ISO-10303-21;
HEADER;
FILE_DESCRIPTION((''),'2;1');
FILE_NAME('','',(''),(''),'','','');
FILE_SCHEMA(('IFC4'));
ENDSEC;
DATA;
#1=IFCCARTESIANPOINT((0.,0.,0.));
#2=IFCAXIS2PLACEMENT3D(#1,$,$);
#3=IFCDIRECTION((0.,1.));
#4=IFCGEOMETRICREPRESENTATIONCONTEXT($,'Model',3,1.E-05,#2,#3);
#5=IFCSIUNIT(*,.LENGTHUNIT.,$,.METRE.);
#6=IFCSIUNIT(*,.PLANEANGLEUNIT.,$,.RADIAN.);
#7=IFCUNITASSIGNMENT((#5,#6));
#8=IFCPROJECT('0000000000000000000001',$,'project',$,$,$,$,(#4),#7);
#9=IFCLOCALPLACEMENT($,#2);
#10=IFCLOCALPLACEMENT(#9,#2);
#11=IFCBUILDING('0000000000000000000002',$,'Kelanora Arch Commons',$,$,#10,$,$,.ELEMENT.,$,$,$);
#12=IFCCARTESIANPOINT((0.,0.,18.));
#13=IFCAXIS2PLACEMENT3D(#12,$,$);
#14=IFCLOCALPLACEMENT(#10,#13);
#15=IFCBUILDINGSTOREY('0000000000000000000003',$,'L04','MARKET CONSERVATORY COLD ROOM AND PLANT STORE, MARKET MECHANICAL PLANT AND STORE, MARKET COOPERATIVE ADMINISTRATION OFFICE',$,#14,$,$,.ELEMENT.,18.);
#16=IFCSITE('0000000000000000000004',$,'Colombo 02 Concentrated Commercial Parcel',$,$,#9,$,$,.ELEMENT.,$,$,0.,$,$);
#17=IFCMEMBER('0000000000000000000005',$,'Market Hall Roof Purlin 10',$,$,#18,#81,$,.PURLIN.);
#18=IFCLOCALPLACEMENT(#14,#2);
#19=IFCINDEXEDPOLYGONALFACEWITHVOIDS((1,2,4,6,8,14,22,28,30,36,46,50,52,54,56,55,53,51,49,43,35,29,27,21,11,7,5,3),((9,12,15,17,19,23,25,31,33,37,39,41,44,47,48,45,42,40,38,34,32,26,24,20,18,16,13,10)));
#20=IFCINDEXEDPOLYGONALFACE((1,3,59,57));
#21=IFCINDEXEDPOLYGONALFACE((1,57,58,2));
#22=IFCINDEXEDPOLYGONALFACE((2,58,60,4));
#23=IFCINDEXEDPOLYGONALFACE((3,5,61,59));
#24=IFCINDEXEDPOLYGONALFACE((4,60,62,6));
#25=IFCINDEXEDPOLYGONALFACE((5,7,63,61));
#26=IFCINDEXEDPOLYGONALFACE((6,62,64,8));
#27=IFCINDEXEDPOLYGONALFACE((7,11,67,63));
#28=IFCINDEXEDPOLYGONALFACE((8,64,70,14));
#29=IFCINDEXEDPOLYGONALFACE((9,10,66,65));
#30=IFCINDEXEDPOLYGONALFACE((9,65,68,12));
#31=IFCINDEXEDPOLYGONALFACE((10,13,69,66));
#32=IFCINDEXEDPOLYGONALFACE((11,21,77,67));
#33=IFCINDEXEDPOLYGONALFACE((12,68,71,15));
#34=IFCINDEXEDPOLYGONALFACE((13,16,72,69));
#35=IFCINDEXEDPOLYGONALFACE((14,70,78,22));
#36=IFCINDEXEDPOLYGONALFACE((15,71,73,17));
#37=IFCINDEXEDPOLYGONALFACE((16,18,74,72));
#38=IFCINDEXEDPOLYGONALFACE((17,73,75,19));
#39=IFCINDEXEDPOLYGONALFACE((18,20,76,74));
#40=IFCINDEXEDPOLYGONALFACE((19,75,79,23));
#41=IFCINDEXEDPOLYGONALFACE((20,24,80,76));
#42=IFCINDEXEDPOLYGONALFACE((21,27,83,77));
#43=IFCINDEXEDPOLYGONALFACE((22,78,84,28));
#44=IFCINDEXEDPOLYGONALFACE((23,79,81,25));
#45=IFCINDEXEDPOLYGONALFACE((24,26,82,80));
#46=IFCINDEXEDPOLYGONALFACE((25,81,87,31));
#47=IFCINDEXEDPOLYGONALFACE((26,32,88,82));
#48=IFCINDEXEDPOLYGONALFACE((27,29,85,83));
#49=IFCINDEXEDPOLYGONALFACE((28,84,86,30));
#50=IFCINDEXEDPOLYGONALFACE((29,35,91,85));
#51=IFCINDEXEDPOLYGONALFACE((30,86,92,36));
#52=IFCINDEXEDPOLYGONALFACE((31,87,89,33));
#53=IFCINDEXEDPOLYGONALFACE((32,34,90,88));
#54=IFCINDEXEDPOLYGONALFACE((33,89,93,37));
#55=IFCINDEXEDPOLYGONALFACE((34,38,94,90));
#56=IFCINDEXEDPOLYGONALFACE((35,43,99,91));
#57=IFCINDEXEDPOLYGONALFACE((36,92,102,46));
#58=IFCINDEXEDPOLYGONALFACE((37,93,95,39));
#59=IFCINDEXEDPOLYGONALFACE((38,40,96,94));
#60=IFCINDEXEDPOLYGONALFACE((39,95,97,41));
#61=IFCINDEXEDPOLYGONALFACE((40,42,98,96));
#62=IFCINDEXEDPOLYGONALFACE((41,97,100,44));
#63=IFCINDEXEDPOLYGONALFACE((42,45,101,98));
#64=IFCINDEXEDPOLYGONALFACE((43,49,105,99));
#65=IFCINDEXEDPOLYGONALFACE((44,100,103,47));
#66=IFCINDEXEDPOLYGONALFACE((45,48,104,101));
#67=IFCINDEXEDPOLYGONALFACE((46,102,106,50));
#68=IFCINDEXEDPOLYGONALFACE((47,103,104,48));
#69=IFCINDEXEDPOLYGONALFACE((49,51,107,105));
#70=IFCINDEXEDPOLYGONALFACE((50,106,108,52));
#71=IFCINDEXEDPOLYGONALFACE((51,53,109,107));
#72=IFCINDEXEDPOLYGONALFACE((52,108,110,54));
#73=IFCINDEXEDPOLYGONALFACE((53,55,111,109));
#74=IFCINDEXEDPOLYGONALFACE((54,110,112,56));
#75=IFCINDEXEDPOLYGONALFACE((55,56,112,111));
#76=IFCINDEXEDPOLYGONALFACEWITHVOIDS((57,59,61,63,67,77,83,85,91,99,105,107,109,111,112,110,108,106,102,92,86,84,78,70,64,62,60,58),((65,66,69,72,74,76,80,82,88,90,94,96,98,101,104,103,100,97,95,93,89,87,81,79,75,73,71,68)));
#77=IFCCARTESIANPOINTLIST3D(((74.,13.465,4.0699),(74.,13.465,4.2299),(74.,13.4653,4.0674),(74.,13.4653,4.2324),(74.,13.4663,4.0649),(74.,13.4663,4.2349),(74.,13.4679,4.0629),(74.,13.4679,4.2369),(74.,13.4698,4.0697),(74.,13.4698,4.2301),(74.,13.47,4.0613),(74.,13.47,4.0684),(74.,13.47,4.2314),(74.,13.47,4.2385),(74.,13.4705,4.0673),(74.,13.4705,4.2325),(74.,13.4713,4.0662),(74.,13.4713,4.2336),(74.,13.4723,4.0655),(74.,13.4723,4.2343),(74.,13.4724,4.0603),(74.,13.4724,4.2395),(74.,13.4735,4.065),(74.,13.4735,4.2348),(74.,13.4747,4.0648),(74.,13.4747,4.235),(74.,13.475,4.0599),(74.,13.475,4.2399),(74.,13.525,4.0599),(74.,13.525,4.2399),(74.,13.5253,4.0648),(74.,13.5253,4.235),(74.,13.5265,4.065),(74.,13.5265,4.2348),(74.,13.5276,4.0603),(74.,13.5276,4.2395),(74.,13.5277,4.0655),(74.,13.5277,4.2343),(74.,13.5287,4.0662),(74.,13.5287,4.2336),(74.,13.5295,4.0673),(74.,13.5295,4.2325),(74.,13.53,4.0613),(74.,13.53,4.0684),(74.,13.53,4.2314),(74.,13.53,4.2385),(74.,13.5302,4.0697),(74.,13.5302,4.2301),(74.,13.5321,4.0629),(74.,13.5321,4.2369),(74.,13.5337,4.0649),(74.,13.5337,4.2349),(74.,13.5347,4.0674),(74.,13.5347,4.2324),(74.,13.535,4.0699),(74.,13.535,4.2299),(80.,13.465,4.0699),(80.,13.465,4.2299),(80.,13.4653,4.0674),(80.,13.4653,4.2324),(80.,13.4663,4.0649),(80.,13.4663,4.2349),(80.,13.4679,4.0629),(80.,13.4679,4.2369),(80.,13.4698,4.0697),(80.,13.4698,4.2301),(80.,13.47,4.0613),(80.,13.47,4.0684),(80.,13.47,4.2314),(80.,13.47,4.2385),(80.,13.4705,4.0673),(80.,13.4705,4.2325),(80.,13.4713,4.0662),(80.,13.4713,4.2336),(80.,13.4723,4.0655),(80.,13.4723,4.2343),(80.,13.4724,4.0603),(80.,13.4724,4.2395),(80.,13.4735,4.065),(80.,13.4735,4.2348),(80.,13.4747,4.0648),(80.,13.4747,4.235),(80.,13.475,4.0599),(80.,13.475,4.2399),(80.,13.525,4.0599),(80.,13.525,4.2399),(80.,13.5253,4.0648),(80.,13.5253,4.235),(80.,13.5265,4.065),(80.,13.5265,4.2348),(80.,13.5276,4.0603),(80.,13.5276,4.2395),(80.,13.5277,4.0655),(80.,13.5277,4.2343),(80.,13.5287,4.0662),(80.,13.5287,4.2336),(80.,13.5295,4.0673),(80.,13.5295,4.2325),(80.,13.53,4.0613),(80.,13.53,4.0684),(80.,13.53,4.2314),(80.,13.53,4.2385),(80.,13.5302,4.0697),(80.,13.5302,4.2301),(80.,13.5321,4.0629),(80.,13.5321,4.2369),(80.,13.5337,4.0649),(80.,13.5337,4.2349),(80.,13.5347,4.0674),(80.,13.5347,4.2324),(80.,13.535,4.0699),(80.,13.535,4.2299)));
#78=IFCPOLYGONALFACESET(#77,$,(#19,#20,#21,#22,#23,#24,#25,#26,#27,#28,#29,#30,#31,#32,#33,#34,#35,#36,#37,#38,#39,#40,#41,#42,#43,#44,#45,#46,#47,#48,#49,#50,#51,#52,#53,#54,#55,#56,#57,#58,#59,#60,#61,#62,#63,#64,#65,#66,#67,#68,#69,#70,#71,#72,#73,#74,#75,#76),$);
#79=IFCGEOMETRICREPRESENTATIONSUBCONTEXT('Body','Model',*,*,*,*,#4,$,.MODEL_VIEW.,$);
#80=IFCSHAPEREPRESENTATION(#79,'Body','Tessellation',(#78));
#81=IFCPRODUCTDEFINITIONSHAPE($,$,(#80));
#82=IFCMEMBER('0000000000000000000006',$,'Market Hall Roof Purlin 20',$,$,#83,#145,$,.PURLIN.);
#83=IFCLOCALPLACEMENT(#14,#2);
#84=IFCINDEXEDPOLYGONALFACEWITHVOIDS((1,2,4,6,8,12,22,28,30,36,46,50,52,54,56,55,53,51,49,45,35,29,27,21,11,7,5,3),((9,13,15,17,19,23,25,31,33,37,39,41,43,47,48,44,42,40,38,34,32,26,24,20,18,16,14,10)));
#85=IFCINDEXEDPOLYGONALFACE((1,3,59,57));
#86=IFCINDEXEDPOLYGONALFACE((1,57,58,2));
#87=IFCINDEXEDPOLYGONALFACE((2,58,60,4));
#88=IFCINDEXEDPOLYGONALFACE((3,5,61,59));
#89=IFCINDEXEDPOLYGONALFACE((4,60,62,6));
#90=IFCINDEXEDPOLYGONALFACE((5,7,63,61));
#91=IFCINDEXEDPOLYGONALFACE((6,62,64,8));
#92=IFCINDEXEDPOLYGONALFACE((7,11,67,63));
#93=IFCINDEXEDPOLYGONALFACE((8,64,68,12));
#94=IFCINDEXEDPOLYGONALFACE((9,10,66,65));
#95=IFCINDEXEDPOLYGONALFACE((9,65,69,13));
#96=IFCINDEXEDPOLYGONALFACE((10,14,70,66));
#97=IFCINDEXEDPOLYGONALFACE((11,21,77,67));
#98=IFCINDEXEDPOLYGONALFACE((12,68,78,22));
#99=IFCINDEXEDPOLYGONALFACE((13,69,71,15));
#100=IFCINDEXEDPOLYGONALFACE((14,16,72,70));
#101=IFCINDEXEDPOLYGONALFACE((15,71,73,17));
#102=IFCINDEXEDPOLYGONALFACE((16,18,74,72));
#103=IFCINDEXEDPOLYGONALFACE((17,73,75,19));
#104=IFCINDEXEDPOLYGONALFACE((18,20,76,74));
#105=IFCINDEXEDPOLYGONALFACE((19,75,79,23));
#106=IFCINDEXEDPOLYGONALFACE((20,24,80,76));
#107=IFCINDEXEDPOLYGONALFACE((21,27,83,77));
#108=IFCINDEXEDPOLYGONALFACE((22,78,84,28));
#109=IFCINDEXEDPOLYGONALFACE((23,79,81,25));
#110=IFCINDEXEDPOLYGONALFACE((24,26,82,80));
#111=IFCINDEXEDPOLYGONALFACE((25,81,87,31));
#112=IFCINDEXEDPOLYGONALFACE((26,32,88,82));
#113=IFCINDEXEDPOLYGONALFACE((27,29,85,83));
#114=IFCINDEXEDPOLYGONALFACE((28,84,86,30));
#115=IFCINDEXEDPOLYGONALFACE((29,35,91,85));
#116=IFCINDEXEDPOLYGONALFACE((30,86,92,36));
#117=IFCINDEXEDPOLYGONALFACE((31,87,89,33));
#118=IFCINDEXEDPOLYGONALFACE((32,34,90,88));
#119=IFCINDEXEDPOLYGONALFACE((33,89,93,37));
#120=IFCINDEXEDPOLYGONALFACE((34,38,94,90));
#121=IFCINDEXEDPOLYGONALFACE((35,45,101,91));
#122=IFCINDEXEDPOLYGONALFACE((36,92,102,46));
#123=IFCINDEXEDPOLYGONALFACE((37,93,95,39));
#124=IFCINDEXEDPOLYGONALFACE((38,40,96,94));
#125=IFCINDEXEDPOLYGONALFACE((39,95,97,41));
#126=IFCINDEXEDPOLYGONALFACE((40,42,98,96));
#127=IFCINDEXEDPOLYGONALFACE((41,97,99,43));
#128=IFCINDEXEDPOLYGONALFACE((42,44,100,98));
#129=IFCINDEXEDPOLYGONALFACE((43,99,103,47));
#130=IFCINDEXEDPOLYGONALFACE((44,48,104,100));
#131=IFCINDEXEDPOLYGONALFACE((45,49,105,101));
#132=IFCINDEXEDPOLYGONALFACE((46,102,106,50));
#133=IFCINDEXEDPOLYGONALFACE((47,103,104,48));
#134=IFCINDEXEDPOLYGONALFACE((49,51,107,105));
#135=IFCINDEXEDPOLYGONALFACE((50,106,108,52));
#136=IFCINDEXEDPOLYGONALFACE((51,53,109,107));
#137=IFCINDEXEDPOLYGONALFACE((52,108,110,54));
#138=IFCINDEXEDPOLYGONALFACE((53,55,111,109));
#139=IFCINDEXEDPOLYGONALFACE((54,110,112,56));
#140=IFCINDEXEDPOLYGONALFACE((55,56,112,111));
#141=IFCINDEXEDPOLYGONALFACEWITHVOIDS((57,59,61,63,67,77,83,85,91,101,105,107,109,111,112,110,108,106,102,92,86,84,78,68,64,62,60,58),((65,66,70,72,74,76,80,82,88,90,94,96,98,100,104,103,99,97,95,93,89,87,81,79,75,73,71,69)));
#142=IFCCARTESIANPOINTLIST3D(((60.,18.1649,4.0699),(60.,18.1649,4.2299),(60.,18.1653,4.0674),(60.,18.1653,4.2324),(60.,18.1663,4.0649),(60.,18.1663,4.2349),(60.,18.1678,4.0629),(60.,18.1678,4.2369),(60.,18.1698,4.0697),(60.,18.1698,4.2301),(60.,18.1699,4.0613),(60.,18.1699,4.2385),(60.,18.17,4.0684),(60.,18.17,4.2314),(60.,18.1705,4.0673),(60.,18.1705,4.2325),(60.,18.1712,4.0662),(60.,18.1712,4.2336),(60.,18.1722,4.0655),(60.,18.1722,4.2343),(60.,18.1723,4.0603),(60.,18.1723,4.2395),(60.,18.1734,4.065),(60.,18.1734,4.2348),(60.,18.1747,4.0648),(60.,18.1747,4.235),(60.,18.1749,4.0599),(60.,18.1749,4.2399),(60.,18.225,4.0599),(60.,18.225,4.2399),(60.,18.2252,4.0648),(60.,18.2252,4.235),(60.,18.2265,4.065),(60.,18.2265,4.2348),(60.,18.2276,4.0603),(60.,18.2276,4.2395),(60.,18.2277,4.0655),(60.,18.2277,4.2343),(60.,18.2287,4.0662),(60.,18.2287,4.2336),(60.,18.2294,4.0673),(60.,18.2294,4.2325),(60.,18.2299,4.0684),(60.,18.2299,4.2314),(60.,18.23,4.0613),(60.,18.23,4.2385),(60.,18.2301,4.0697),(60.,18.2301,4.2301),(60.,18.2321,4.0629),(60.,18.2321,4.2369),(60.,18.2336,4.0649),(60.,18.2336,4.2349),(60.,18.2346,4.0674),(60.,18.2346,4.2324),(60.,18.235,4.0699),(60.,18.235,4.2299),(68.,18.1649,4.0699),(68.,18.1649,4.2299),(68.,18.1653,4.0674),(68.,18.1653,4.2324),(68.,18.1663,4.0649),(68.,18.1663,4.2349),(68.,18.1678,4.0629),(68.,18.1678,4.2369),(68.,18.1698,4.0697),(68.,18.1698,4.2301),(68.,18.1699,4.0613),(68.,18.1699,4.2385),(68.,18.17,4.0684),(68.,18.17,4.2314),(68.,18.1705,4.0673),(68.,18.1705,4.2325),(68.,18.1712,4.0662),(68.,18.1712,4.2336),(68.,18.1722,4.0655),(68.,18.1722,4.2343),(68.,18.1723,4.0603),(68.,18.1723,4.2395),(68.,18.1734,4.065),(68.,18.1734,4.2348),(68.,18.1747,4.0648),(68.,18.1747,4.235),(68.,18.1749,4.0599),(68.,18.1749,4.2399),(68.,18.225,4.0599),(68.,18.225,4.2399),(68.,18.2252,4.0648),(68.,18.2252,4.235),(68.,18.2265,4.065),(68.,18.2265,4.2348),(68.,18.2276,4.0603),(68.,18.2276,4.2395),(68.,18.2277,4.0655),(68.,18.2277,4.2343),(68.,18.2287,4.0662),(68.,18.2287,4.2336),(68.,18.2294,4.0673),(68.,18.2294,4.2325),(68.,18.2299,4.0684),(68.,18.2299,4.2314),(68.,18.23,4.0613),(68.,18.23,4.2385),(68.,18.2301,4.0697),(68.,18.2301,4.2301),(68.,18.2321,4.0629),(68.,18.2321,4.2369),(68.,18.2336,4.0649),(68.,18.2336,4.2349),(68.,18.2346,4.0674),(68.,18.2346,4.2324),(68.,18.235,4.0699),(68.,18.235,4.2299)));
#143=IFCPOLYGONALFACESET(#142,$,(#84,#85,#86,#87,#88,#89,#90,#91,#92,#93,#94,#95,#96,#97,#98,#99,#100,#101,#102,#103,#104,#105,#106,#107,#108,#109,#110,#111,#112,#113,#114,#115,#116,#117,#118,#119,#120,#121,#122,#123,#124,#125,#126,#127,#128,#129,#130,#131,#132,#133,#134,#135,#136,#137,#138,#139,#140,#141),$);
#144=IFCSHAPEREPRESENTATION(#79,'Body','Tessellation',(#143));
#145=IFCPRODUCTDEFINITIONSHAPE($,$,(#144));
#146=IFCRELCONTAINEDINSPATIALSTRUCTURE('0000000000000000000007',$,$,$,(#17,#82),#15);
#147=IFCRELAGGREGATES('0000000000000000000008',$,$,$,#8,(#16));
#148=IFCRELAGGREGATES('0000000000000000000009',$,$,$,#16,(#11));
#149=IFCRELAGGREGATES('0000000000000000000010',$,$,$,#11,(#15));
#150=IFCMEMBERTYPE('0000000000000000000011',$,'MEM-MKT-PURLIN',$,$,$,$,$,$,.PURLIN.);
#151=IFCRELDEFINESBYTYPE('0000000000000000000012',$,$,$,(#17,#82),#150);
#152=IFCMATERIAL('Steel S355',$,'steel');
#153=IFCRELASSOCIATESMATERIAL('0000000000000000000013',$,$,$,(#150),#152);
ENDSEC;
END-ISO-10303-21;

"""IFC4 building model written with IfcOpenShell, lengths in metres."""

from ifc_helpers import new_model, si_unit, direction, frame, origin, origin_2d, place, context, subcontext, project, spatial, hollow_rectangle, extrude, material, material_profile, profile_set, type_object, element, save


model = new_model("IFC4")

# Units and contexts
model_context = context("Model", 3, precision=1e-05, world=origin(), true_north=direction((0.0, 1.0)))
body_context = subcontext(model_context, "Body", "Model", "MODEL_VIEW")
ifc_project = project(units=[si_unit("LENGTHUNIT", "METRE"), si_unit("PLANEANGLEUNIT", "RADIAN")], contexts=[model_context])

# Site, building, storey
site_placement = place(None, origin())
site = spatial("IfcSite", under=ifc_project, at=site_placement, Name="Colombo 02 Concentrated Commercial Parcel", CompositionType="ELEMENT", RefElevation=0.0)
building_placement = place(site_placement, origin())
building = spatial("IfcBuilding", under=site, at=building_placement, Name="Kelanora Arch Commons", CompositionType="ELEMENT")
storey_placement = place(building_placement, frame((0.0, 0.0, 18.0)))
storey = spatial("IfcBuildingStorey", under=building, at=storey_placement, Name="L04", Description="MARKET CONSERVATORY COLD ROOM AND PLANT STORE, MARKET MECHANICAL PLANT AND STORE, MARKET COOPERATIVE ADMINISTRATION OFFICE", CompositionType="ELEMENT", Elevation=18.0)

# Shared definitions
ifc_material_1 = material(Name="Steel S355", Category="steel")

# Members
ifc_material_profile_1 = material_profile(ifc_material_1, hollow_rectangle(XDim=0.0701, YDim=0.1799, WallThickness=0.0049, InnerFilletRadius=0.0049, OuterFilletRadius=0.01, at=origin_2d()), Name="RHS180x70x5")
ifc_profile_set_1 = profile_set([ifc_material_profile_1], Name="Steel S355")
member_type_1 = type_object("IfcMemberType", Name="MEM-MKT-PURLIN", PredefinedType="PURLIN", material=ifc_profile_set_1)
for number, where, z_axis, x_axis, name in (
    (1, (74.0, 13.5, 4.1499), (1.0, 0.0, 0.0), (0.0, 1.0, 0.0), "Market Hall Roof Purlin 10"),
):
    element("IfcMember", number, at=place(storey_placement, frame(where, z_axis=z_axis, x_axis=x_axis)), inside=storey, type_object=member_type_1, Name=name, PredefinedType="PURLIN", context=body_context, shape_type="SweptSolid", body=[
        extrude(hollow_rectangle(XDim=0.0701, YDim=0.1799, WallThickness=0.0049, InnerFilletRadius=0.0049, OuterFilletRadius=0.01, at=origin_2d()), origin(), (0.0, 0.0, 1.0), 6.0),
    ])
member_1_placement = place(storey_placement, frame((60.0, 18.2, 4.1499), z_axis=(1.0, 0.0, 0.0), x_axis=(0.0, 1.0, 0.0)))
element("IfcMember", 2, at=member_1_placement, inside=storey, type_object=member_type_1, Name="Market Hall Roof Purlin 20", PredefinedType="PURLIN", context=body_context, shape_type="SweptSolid", body=[
    extrude(hollow_rectangle(XDim=0.0701, YDim=0.1799, WallThickness=0.0049, InnerFilletRadius=0.0049, OuterFilletRadius=0.01, at=origin_2d()), origin(), (0.0, 0.0, 1.0), 8.0),
])

save(model, "model.ifc")
